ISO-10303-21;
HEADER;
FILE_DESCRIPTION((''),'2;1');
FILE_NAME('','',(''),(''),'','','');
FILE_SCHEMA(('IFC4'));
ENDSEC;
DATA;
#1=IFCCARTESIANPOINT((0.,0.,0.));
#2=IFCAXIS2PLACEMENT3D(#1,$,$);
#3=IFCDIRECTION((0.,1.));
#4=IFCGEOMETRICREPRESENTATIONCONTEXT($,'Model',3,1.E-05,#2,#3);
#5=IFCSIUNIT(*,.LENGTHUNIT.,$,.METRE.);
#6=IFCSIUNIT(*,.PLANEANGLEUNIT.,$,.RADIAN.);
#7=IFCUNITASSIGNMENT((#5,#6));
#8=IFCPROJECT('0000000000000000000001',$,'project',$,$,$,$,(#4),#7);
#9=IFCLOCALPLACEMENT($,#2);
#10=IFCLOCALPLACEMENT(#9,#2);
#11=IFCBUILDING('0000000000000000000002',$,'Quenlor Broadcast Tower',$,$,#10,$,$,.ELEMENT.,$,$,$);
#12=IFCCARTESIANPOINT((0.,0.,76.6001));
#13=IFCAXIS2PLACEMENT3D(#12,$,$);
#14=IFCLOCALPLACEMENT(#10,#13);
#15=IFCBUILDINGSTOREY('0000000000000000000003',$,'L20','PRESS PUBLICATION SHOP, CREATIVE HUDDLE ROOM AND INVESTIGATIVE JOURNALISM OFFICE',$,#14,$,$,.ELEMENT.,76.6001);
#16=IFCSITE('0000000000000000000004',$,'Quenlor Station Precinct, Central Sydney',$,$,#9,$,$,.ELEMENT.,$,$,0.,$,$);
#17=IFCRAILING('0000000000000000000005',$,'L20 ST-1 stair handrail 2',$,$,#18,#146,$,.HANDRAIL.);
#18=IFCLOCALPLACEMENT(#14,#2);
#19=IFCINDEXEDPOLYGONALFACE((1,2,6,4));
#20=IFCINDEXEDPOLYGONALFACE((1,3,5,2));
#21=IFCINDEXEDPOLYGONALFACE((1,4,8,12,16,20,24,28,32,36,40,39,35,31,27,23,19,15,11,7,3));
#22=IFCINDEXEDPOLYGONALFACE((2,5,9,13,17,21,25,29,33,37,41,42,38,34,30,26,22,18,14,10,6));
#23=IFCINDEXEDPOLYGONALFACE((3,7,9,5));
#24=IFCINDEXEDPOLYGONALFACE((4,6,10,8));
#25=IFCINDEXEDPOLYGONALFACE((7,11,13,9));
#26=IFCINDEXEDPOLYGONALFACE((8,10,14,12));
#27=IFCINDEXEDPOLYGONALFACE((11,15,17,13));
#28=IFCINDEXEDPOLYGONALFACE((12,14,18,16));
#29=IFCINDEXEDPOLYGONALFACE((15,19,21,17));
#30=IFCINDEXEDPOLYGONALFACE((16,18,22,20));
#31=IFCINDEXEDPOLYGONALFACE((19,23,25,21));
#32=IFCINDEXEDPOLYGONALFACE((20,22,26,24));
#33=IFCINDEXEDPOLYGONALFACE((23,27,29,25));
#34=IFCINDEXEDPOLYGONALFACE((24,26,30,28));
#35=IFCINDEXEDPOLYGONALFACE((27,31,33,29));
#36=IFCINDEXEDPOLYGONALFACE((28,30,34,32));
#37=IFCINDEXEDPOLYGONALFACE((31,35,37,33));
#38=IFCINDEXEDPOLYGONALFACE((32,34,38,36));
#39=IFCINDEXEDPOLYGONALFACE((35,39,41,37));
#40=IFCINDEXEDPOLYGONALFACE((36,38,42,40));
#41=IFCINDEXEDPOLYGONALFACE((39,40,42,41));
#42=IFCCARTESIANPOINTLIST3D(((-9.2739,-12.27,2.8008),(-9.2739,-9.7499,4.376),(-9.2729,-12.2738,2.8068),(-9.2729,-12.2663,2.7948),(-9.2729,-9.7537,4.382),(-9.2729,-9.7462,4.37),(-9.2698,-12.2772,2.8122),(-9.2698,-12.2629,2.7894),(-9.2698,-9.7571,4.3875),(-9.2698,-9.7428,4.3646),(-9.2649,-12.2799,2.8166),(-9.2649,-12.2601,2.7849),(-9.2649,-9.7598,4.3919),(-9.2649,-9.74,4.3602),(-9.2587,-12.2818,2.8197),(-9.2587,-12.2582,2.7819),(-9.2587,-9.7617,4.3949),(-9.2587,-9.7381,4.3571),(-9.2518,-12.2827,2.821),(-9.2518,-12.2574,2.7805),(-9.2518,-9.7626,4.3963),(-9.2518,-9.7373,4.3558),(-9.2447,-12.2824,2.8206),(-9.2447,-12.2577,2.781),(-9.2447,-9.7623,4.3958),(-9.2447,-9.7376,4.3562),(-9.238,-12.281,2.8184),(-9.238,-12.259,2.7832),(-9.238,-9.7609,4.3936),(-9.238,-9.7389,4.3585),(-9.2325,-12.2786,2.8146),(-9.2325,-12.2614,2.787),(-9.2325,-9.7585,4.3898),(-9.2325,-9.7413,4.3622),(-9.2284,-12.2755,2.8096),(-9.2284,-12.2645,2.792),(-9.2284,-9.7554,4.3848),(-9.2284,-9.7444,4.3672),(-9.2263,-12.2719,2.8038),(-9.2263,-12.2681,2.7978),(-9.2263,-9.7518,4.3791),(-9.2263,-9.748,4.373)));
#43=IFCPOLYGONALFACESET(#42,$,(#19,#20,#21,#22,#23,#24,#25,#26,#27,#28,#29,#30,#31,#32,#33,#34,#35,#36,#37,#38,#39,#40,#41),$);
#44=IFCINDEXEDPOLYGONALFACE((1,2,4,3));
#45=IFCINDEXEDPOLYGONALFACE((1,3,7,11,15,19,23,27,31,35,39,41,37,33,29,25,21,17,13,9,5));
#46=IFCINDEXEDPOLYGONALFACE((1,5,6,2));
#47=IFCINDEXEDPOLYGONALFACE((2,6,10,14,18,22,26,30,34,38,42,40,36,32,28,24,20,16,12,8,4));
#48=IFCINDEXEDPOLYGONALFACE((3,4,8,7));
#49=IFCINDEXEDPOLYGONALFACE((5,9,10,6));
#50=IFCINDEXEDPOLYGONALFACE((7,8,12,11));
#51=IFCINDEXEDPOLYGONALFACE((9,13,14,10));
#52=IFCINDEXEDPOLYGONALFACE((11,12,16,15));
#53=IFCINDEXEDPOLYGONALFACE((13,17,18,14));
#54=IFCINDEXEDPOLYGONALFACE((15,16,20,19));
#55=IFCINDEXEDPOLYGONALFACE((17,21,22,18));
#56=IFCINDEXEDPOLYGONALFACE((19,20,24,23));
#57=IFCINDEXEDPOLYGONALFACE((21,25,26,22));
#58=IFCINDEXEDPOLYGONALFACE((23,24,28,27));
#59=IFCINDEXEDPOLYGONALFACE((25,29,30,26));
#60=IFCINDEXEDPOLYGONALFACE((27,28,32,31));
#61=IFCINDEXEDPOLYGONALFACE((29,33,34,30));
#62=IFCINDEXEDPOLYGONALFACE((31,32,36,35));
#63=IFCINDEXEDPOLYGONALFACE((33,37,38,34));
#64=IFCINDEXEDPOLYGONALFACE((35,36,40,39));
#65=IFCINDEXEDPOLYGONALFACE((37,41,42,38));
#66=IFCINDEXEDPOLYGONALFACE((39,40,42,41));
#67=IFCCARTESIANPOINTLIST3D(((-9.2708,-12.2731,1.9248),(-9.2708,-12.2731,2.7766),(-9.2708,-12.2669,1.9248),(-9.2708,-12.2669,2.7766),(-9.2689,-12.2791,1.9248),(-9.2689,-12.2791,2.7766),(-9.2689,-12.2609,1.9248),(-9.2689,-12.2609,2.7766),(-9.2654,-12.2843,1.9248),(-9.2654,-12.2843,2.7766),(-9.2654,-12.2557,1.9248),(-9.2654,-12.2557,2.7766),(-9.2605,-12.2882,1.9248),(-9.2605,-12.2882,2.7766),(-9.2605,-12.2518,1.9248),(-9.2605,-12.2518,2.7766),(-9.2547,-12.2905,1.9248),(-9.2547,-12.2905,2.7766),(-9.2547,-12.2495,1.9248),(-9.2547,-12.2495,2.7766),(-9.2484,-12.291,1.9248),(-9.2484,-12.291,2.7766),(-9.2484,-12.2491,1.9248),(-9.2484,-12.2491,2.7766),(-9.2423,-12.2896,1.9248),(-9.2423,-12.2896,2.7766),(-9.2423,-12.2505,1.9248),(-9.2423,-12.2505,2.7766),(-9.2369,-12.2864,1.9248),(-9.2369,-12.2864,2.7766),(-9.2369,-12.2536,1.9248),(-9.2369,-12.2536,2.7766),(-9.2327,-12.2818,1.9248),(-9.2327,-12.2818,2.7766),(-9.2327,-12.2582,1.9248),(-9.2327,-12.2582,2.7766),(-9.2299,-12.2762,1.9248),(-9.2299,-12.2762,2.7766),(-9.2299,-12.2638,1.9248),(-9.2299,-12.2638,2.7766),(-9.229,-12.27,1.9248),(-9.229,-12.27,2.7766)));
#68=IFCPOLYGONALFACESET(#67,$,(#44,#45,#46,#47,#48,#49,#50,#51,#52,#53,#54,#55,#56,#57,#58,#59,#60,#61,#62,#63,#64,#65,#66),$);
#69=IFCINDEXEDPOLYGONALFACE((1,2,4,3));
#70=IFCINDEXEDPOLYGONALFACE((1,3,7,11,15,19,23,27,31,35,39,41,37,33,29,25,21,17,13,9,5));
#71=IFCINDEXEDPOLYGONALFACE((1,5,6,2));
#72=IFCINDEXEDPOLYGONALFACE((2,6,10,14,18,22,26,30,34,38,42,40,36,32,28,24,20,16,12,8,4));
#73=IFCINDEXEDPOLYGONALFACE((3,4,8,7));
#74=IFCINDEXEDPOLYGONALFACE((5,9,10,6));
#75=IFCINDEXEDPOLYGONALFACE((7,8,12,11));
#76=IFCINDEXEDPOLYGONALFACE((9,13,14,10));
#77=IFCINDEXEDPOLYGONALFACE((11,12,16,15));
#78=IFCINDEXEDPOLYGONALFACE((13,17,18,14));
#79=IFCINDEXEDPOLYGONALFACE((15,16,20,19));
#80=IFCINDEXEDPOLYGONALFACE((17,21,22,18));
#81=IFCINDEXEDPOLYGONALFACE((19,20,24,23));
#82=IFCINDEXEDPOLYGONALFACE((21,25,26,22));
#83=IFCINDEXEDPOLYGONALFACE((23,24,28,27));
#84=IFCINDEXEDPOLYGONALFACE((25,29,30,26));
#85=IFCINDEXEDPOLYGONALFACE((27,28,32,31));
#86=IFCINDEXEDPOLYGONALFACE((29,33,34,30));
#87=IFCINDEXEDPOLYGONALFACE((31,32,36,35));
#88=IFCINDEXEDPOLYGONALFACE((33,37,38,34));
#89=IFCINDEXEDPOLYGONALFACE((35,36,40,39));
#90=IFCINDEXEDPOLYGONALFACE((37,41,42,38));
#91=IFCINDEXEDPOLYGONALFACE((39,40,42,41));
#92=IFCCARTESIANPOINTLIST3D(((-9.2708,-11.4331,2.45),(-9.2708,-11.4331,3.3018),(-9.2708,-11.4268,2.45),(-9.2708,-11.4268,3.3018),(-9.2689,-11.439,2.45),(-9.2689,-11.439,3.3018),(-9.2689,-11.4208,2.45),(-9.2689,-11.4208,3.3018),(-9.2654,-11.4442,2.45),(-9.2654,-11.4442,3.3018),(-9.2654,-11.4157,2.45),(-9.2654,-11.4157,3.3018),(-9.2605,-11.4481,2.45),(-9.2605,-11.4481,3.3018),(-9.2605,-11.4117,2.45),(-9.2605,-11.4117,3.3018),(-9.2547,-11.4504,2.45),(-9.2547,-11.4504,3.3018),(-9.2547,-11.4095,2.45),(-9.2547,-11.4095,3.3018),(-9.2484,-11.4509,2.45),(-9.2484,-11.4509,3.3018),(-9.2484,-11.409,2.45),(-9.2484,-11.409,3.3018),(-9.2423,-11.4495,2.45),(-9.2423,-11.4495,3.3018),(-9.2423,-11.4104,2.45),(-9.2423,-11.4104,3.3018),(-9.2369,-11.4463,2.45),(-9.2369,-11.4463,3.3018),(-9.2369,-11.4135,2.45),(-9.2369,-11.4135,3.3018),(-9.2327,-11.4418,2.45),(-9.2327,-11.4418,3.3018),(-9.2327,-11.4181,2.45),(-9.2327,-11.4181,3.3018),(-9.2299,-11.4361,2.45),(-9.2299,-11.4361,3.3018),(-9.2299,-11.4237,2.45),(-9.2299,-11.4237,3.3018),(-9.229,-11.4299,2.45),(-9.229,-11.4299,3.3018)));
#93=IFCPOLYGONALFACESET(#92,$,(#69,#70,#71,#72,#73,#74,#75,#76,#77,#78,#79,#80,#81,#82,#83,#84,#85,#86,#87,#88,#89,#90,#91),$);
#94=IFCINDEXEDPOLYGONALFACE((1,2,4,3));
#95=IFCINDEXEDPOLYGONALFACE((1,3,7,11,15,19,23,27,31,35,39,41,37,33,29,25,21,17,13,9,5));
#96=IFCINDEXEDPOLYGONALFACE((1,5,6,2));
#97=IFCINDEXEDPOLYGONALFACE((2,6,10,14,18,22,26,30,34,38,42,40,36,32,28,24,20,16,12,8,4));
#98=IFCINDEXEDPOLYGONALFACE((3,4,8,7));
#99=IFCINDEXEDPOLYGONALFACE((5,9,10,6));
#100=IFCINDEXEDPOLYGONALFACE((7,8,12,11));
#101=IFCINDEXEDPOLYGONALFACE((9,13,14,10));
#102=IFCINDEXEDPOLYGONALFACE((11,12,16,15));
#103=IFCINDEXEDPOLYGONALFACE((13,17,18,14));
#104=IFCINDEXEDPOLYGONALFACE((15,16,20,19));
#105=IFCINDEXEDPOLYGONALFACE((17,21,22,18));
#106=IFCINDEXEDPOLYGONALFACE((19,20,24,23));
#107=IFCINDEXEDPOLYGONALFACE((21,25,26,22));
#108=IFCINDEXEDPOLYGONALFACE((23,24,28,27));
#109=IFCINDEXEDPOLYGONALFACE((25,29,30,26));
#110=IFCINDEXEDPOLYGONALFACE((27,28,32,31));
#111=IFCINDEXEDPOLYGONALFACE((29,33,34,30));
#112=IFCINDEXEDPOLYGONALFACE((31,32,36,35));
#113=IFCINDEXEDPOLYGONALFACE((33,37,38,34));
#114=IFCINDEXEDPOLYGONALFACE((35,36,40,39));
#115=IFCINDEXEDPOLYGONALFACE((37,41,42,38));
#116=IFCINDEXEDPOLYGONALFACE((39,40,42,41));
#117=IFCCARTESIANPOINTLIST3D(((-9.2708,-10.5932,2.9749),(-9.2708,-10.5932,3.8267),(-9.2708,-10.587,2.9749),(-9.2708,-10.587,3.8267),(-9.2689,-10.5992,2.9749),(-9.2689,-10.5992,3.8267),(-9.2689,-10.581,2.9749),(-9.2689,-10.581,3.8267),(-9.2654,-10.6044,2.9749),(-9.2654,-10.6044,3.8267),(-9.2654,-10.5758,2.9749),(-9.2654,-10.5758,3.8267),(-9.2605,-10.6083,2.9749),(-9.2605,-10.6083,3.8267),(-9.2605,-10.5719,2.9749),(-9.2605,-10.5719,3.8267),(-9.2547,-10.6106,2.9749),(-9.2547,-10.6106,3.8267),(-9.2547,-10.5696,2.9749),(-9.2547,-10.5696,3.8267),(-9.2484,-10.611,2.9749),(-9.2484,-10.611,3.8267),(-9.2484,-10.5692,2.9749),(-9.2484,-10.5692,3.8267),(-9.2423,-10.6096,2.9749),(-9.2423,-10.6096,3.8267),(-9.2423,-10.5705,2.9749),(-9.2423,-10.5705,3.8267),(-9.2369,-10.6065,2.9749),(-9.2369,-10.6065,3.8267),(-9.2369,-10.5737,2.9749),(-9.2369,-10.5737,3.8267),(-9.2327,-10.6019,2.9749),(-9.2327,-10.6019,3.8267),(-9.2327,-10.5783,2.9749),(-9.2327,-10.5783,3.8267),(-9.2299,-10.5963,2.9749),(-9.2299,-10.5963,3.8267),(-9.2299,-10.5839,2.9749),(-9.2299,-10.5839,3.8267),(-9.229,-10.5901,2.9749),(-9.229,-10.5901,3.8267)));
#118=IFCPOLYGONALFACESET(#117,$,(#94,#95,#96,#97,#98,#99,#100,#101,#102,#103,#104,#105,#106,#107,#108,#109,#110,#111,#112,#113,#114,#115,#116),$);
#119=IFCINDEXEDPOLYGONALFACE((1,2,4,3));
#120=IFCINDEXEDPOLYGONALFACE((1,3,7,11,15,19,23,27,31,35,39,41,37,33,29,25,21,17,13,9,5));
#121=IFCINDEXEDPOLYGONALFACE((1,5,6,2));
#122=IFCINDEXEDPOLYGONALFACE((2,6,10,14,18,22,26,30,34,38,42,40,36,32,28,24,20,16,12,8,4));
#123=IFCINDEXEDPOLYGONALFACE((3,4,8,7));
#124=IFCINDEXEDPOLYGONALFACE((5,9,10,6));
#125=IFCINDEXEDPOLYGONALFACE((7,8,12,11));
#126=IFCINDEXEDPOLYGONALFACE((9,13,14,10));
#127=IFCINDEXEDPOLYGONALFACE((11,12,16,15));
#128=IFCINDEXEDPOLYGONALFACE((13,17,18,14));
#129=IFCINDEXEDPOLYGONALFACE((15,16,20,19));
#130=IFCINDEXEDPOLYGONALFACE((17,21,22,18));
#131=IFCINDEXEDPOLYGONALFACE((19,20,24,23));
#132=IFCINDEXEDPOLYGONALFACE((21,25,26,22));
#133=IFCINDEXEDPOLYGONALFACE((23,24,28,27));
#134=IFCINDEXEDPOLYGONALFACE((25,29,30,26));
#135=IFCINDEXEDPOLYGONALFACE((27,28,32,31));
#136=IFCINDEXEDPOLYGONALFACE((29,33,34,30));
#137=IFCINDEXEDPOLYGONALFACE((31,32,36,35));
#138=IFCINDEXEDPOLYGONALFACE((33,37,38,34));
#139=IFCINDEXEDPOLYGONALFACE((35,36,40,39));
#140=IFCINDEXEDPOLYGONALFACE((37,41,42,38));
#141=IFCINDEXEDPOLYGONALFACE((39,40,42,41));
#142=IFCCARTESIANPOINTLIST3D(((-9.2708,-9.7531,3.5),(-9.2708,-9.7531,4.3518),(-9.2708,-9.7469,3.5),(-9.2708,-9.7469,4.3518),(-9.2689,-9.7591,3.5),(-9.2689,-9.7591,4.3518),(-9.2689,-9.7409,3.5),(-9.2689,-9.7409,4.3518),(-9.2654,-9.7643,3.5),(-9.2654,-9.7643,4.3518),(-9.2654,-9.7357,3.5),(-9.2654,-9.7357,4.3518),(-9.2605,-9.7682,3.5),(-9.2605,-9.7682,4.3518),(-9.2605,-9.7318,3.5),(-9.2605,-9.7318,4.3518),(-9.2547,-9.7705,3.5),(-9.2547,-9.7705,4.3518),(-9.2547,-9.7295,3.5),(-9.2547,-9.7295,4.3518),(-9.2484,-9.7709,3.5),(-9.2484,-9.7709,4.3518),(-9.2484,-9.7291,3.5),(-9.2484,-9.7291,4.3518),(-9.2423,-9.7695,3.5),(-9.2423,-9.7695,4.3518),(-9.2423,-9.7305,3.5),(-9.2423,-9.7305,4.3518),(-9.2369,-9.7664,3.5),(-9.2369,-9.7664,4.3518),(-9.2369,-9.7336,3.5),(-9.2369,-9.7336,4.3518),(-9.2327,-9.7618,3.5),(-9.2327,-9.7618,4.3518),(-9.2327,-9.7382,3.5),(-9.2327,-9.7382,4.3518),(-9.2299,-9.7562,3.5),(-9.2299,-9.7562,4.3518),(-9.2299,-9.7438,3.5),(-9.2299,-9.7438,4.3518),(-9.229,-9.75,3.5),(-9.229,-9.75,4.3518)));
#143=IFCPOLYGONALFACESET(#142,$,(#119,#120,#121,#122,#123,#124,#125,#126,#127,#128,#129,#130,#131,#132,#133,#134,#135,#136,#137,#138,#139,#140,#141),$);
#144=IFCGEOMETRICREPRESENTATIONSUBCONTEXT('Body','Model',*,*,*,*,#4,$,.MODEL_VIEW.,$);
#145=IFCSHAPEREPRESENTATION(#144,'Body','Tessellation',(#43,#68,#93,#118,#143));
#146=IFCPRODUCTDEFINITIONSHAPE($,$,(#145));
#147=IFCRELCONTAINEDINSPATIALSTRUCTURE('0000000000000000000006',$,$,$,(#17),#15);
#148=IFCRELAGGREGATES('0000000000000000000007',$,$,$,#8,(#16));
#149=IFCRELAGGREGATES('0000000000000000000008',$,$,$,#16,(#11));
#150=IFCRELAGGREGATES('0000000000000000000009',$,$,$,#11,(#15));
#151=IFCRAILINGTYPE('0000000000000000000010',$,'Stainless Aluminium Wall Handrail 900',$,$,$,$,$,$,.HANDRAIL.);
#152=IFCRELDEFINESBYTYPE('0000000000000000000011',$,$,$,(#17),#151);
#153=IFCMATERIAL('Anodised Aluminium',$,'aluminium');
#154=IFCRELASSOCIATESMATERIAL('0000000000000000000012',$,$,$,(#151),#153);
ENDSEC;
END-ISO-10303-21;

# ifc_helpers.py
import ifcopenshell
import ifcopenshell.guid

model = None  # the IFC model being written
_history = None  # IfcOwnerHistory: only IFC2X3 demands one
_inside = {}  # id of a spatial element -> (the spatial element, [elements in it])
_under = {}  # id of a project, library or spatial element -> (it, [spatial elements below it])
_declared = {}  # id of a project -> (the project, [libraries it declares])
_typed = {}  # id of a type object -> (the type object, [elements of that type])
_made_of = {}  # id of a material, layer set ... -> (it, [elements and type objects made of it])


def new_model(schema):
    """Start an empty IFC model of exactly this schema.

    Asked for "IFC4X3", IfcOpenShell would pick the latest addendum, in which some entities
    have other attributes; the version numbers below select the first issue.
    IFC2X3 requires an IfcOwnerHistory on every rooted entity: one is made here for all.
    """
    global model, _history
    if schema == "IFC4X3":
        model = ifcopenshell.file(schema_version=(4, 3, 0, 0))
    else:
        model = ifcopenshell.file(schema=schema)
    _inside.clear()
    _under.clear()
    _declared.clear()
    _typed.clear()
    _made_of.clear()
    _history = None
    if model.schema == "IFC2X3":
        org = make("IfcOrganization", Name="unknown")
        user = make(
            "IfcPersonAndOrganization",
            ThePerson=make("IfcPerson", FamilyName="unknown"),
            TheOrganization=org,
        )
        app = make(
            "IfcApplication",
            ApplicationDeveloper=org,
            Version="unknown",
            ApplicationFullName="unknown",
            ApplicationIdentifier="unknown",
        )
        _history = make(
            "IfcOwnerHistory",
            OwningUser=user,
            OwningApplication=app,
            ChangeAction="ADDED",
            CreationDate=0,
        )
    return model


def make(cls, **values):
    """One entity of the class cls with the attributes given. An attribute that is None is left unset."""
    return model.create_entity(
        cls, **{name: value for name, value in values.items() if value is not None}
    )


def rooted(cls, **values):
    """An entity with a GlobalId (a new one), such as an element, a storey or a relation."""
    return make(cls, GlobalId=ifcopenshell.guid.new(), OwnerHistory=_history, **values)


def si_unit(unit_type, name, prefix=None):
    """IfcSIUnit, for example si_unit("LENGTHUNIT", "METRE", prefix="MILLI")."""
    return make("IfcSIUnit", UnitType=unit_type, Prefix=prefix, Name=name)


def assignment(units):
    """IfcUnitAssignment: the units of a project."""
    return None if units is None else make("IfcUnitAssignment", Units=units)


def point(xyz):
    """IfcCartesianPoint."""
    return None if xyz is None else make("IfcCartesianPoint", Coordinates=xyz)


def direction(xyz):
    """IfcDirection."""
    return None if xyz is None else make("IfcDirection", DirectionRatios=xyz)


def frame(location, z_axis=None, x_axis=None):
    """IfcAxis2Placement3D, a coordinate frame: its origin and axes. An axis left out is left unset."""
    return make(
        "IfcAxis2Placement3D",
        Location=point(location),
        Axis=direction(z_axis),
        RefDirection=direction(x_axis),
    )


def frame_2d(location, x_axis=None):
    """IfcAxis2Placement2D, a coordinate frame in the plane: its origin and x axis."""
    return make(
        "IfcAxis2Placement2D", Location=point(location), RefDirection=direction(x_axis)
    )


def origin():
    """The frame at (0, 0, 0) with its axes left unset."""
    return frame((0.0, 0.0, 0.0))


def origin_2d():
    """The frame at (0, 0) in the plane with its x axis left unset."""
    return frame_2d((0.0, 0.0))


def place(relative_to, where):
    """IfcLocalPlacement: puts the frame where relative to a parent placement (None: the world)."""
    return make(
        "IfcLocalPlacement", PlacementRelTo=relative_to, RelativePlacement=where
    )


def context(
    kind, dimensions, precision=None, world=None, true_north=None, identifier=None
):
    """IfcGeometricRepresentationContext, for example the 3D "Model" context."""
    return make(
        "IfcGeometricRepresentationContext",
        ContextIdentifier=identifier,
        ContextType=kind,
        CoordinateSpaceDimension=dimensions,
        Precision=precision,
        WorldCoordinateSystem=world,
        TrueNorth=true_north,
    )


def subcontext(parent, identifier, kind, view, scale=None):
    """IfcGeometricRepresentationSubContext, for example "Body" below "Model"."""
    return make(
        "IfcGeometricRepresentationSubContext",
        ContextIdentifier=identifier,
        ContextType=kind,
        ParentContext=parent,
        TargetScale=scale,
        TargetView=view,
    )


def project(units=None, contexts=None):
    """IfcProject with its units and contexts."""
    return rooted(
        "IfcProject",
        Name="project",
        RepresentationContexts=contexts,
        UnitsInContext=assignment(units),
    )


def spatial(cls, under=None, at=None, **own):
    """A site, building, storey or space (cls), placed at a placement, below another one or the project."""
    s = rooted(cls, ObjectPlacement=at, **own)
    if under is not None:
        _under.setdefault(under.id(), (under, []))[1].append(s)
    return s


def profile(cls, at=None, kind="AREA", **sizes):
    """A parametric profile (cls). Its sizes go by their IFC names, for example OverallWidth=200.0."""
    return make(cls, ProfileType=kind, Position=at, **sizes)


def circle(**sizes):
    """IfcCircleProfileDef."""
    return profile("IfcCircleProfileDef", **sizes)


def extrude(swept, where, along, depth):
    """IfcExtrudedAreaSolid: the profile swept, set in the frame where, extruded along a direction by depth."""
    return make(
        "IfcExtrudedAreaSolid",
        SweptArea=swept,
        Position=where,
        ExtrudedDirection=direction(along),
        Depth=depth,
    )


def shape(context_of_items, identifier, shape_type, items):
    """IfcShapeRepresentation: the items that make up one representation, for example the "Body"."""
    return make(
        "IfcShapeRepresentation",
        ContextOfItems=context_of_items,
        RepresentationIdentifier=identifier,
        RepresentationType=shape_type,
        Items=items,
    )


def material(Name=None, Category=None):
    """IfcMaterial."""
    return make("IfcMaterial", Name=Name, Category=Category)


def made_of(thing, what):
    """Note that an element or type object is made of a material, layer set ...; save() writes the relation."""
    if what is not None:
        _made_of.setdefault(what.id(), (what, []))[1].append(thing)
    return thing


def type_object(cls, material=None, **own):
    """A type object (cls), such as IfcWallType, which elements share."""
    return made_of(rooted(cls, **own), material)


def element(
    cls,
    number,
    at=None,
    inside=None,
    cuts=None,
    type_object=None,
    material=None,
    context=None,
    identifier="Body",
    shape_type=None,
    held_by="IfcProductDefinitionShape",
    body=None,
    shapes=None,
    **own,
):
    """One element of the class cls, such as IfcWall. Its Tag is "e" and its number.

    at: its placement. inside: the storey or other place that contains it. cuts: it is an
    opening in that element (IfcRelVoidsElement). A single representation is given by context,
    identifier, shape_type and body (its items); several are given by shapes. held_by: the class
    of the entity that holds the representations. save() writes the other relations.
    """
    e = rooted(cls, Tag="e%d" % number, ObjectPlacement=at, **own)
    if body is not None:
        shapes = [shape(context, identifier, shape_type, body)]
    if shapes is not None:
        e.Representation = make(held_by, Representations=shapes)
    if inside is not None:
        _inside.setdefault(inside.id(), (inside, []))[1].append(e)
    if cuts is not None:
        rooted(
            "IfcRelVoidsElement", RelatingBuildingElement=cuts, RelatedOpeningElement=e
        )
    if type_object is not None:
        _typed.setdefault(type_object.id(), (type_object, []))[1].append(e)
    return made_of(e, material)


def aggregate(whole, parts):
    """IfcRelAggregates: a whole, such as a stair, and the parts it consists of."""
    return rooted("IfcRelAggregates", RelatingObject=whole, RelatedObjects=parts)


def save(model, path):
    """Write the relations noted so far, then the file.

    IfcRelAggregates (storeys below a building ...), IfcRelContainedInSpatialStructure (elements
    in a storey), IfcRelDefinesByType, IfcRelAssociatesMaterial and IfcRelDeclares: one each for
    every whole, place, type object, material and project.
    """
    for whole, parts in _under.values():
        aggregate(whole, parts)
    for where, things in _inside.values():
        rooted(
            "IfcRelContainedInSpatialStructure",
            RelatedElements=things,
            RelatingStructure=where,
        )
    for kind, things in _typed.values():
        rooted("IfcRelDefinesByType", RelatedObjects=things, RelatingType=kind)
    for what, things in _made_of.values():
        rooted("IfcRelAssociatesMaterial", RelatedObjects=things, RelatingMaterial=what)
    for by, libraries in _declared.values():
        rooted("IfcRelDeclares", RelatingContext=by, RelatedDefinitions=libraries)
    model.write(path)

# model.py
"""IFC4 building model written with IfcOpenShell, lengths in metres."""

from ifc_helpers import new_model, si_unit, direction, frame, origin, origin_2d, place, context, subcontext, project, spatial, circle, extrude, material, type_object, element, save


model = new_model("IFC4")

# Units and contexts
model_context = context("Model", 3, precision=1e-05, world=origin(), true_north=direction((0.0, 1.0)))
body_context = subcontext(model_context, "Body", "Model", "MODEL_VIEW")
ifc_project = project(units=[si_unit("LENGTHUNIT", "METRE"), si_unit("PLANEANGLEUNIT", "RADIAN")], contexts=[model_context])

# Site, building, storey
site_placement = place(None, origin())
site = spatial("IfcSite", under=ifc_project, at=site_placement, Name="Quenlor Station Precinct, Central Sydney", CompositionType="ELEMENT", RefElevation=0.0)
building_placement = place(site_placement, origin())
building = spatial("IfcBuilding", under=site, at=building_placement, Name="Quenlor Broadcast Tower", CompositionType="ELEMENT")
storey_placement = place(building_placement, frame((0.0, 0.0, 76.6001)))
storey = spatial("IfcBuildingStorey", under=building, at=storey_placement, Name="L20", Description="PRESS PUBLICATION SHOP, CREATIVE HUDDLE ROOM AND INVESTIGATIVE JOURNALISM OFFICE", CompositionType="ELEMENT", Elevation=76.6001)

# Railing
ifc_material_1 = material(Name="Anodised Aluminium", Category="aluminium")
railing_type_1 = type_object("IfcRailingType", Name="Stainless Aluminium Wall Handrail 900", PredefinedType="HANDRAIL", material=ifc_material_1)
railing_1_placement = place(storey_placement, frame((-9.25, -12.27, 1.9248)))
element("IfcRailing", 1, at=railing_1_placement, inside=storey, type_object=railing_type_1, Name="L20 ST-1 stair handrail 2", PredefinedType="HANDRAIL", context=body_context, shape_type="SweptSolid", body=[
    extrude(circle(Radius=0.0239, at=origin_2d()), frame((0.0, 0.0, 0.876), z_axis=(0.0, 0.847971, 0.530043), x_axis=(-1.0, 0.0, 0.0)), (0.0, 0.0, 1.0), 2.9719),
    extrude(circle(Radius=0.021, at=origin_2d()), origin(), (0.0, 0.0, 1.0), 0.8518),
    extrude(circle(Radius=0.021, at=origin_2d()), frame((0.0, 0.8401, 0.5251)), (0.0, 0.0, 1.0), 0.8518),
    extrude(circle(Radius=0.021, at=origin_2d()), frame((0.0, 1.6799, 1.05)), (0.0, 0.0, 1.0), 0.8518),
    extrude(circle(Radius=0.021, at=origin_2d()), frame((0.0, 2.52, 1.5752)), (0.0, 0.0, 1.0), 0.8518),
])

save(model, "model.ifc")
